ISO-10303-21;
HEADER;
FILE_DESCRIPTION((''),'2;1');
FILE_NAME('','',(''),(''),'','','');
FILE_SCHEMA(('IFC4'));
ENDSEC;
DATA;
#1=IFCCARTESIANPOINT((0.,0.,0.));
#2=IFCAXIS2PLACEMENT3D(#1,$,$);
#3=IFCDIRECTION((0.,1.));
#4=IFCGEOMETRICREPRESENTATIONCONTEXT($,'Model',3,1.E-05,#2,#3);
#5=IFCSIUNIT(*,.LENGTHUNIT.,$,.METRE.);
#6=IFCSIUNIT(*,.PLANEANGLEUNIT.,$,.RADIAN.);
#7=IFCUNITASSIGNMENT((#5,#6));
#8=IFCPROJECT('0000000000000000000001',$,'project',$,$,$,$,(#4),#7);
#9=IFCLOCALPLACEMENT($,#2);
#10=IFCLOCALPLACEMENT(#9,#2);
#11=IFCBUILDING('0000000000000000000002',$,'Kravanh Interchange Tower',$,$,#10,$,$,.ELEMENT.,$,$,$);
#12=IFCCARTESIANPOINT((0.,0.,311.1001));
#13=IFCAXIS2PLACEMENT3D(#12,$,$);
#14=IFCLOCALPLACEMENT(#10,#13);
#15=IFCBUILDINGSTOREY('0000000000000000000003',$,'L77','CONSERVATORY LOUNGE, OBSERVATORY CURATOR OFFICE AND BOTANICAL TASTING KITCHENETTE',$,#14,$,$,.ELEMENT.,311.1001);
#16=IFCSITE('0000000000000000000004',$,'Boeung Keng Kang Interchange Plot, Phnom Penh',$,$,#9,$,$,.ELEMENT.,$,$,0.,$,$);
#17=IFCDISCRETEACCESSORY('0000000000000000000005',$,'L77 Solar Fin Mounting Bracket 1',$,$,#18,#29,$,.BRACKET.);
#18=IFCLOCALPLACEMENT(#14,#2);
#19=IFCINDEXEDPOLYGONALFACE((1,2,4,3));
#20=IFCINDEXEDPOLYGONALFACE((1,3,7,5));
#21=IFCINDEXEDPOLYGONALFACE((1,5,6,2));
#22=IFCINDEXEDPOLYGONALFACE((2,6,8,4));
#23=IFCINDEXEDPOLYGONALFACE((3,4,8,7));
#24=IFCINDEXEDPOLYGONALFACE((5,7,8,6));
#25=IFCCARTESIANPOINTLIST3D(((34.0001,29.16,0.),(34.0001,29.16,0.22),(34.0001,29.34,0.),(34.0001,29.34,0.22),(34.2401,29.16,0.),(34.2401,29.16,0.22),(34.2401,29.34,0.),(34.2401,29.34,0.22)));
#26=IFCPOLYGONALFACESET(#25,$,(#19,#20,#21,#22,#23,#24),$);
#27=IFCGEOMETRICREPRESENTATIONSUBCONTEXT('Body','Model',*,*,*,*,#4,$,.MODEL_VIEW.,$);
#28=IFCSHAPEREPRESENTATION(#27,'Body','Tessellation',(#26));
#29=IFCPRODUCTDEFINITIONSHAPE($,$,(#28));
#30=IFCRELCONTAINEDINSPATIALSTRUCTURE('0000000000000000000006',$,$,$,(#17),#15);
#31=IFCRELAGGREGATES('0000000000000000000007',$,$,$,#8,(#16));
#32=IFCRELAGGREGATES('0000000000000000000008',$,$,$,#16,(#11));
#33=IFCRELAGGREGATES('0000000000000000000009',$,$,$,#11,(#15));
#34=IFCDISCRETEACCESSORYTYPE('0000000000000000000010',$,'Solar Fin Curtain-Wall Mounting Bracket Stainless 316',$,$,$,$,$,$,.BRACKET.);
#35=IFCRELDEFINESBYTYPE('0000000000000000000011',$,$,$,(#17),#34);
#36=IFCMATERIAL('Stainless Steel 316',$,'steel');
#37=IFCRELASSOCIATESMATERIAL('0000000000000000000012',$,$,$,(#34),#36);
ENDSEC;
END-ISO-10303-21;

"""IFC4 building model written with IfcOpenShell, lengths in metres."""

from ifc_helpers import new_model, si_unit, direction, frame, origin, origin_2d, place, context, subcontext, project, spatial, rectangle, extrude, material, type_object, element, save


model = new_model("IFC4")

# Units and contexts
model_context = context("Model", 3, precision=1e-05, world=origin(), true_north=direction((0.0, 1.0)))
body_context = subcontext(model_context, "Body", "Model", "MODEL_VIEW")
ifc_project = project(units=[si_unit("LENGTHUNIT", "METRE"), si_unit("PLANEANGLEUNIT", "RADIAN")], contexts=[model_context])

# Site, building, storey
site_placement = place(None, origin())
site = spatial("IfcSite", under=ifc_project, at=site_placement, Name="Boeung Keng Kang Interchange Plot, Phnom Penh", CompositionType="ELEMENT", RefElevation=0.0)
building_placement = place(site_placement, origin())
building = spatial("IfcBuilding", under=site, at=building_placement, Name="Kravanh Interchange Tower", CompositionType="ELEMENT")
storey_placement = place(building_placement, frame((0.0, 0.0, 311.1001)))
storey = spatial("IfcBuildingStorey", under=building, at=storey_placement, Name="L77", Description="CONSERVATORY LOUNGE, OBSERVATORY CURATOR OFFICE AND BOTANICAL TASTING KITCHENETTE", CompositionType="ELEMENT", Elevation=311.1001)

# Discrete accessory
ifc_material_1 = material(Name="Stainless Steel 316", Category="steel")
discrete_accessory_type = type_object("IfcDiscreteAccessoryType", Name="Solar Fin Curtain-Wall Mounting Bracket Stainless 316", PredefinedType="BRACKET", material=ifc_material_1)
discrete_accessory_placement = place(storey_placement, frame((34.1201, 29.25, 0.0), z_axis=(0.0, 0.0, 1.0), x_axis=(-1.0, 0.0, 0.0)))
element("IfcDiscreteAccessory", 1, at=discrete_accessory_placement, inside=storey, type_object=discrete_accessory_type, Name="L77 Solar Fin Mounting Bracket 1", PredefinedType="BRACKET", context=body_context, shape_type="SweptSolid", body=[
    extrude(rectangle(XDim=0.24, YDim=0.1799, at=origin_2d()), origin(), (0.0, 0.0, 1.0), 0.22),
])

save(model, "model.ifc")
